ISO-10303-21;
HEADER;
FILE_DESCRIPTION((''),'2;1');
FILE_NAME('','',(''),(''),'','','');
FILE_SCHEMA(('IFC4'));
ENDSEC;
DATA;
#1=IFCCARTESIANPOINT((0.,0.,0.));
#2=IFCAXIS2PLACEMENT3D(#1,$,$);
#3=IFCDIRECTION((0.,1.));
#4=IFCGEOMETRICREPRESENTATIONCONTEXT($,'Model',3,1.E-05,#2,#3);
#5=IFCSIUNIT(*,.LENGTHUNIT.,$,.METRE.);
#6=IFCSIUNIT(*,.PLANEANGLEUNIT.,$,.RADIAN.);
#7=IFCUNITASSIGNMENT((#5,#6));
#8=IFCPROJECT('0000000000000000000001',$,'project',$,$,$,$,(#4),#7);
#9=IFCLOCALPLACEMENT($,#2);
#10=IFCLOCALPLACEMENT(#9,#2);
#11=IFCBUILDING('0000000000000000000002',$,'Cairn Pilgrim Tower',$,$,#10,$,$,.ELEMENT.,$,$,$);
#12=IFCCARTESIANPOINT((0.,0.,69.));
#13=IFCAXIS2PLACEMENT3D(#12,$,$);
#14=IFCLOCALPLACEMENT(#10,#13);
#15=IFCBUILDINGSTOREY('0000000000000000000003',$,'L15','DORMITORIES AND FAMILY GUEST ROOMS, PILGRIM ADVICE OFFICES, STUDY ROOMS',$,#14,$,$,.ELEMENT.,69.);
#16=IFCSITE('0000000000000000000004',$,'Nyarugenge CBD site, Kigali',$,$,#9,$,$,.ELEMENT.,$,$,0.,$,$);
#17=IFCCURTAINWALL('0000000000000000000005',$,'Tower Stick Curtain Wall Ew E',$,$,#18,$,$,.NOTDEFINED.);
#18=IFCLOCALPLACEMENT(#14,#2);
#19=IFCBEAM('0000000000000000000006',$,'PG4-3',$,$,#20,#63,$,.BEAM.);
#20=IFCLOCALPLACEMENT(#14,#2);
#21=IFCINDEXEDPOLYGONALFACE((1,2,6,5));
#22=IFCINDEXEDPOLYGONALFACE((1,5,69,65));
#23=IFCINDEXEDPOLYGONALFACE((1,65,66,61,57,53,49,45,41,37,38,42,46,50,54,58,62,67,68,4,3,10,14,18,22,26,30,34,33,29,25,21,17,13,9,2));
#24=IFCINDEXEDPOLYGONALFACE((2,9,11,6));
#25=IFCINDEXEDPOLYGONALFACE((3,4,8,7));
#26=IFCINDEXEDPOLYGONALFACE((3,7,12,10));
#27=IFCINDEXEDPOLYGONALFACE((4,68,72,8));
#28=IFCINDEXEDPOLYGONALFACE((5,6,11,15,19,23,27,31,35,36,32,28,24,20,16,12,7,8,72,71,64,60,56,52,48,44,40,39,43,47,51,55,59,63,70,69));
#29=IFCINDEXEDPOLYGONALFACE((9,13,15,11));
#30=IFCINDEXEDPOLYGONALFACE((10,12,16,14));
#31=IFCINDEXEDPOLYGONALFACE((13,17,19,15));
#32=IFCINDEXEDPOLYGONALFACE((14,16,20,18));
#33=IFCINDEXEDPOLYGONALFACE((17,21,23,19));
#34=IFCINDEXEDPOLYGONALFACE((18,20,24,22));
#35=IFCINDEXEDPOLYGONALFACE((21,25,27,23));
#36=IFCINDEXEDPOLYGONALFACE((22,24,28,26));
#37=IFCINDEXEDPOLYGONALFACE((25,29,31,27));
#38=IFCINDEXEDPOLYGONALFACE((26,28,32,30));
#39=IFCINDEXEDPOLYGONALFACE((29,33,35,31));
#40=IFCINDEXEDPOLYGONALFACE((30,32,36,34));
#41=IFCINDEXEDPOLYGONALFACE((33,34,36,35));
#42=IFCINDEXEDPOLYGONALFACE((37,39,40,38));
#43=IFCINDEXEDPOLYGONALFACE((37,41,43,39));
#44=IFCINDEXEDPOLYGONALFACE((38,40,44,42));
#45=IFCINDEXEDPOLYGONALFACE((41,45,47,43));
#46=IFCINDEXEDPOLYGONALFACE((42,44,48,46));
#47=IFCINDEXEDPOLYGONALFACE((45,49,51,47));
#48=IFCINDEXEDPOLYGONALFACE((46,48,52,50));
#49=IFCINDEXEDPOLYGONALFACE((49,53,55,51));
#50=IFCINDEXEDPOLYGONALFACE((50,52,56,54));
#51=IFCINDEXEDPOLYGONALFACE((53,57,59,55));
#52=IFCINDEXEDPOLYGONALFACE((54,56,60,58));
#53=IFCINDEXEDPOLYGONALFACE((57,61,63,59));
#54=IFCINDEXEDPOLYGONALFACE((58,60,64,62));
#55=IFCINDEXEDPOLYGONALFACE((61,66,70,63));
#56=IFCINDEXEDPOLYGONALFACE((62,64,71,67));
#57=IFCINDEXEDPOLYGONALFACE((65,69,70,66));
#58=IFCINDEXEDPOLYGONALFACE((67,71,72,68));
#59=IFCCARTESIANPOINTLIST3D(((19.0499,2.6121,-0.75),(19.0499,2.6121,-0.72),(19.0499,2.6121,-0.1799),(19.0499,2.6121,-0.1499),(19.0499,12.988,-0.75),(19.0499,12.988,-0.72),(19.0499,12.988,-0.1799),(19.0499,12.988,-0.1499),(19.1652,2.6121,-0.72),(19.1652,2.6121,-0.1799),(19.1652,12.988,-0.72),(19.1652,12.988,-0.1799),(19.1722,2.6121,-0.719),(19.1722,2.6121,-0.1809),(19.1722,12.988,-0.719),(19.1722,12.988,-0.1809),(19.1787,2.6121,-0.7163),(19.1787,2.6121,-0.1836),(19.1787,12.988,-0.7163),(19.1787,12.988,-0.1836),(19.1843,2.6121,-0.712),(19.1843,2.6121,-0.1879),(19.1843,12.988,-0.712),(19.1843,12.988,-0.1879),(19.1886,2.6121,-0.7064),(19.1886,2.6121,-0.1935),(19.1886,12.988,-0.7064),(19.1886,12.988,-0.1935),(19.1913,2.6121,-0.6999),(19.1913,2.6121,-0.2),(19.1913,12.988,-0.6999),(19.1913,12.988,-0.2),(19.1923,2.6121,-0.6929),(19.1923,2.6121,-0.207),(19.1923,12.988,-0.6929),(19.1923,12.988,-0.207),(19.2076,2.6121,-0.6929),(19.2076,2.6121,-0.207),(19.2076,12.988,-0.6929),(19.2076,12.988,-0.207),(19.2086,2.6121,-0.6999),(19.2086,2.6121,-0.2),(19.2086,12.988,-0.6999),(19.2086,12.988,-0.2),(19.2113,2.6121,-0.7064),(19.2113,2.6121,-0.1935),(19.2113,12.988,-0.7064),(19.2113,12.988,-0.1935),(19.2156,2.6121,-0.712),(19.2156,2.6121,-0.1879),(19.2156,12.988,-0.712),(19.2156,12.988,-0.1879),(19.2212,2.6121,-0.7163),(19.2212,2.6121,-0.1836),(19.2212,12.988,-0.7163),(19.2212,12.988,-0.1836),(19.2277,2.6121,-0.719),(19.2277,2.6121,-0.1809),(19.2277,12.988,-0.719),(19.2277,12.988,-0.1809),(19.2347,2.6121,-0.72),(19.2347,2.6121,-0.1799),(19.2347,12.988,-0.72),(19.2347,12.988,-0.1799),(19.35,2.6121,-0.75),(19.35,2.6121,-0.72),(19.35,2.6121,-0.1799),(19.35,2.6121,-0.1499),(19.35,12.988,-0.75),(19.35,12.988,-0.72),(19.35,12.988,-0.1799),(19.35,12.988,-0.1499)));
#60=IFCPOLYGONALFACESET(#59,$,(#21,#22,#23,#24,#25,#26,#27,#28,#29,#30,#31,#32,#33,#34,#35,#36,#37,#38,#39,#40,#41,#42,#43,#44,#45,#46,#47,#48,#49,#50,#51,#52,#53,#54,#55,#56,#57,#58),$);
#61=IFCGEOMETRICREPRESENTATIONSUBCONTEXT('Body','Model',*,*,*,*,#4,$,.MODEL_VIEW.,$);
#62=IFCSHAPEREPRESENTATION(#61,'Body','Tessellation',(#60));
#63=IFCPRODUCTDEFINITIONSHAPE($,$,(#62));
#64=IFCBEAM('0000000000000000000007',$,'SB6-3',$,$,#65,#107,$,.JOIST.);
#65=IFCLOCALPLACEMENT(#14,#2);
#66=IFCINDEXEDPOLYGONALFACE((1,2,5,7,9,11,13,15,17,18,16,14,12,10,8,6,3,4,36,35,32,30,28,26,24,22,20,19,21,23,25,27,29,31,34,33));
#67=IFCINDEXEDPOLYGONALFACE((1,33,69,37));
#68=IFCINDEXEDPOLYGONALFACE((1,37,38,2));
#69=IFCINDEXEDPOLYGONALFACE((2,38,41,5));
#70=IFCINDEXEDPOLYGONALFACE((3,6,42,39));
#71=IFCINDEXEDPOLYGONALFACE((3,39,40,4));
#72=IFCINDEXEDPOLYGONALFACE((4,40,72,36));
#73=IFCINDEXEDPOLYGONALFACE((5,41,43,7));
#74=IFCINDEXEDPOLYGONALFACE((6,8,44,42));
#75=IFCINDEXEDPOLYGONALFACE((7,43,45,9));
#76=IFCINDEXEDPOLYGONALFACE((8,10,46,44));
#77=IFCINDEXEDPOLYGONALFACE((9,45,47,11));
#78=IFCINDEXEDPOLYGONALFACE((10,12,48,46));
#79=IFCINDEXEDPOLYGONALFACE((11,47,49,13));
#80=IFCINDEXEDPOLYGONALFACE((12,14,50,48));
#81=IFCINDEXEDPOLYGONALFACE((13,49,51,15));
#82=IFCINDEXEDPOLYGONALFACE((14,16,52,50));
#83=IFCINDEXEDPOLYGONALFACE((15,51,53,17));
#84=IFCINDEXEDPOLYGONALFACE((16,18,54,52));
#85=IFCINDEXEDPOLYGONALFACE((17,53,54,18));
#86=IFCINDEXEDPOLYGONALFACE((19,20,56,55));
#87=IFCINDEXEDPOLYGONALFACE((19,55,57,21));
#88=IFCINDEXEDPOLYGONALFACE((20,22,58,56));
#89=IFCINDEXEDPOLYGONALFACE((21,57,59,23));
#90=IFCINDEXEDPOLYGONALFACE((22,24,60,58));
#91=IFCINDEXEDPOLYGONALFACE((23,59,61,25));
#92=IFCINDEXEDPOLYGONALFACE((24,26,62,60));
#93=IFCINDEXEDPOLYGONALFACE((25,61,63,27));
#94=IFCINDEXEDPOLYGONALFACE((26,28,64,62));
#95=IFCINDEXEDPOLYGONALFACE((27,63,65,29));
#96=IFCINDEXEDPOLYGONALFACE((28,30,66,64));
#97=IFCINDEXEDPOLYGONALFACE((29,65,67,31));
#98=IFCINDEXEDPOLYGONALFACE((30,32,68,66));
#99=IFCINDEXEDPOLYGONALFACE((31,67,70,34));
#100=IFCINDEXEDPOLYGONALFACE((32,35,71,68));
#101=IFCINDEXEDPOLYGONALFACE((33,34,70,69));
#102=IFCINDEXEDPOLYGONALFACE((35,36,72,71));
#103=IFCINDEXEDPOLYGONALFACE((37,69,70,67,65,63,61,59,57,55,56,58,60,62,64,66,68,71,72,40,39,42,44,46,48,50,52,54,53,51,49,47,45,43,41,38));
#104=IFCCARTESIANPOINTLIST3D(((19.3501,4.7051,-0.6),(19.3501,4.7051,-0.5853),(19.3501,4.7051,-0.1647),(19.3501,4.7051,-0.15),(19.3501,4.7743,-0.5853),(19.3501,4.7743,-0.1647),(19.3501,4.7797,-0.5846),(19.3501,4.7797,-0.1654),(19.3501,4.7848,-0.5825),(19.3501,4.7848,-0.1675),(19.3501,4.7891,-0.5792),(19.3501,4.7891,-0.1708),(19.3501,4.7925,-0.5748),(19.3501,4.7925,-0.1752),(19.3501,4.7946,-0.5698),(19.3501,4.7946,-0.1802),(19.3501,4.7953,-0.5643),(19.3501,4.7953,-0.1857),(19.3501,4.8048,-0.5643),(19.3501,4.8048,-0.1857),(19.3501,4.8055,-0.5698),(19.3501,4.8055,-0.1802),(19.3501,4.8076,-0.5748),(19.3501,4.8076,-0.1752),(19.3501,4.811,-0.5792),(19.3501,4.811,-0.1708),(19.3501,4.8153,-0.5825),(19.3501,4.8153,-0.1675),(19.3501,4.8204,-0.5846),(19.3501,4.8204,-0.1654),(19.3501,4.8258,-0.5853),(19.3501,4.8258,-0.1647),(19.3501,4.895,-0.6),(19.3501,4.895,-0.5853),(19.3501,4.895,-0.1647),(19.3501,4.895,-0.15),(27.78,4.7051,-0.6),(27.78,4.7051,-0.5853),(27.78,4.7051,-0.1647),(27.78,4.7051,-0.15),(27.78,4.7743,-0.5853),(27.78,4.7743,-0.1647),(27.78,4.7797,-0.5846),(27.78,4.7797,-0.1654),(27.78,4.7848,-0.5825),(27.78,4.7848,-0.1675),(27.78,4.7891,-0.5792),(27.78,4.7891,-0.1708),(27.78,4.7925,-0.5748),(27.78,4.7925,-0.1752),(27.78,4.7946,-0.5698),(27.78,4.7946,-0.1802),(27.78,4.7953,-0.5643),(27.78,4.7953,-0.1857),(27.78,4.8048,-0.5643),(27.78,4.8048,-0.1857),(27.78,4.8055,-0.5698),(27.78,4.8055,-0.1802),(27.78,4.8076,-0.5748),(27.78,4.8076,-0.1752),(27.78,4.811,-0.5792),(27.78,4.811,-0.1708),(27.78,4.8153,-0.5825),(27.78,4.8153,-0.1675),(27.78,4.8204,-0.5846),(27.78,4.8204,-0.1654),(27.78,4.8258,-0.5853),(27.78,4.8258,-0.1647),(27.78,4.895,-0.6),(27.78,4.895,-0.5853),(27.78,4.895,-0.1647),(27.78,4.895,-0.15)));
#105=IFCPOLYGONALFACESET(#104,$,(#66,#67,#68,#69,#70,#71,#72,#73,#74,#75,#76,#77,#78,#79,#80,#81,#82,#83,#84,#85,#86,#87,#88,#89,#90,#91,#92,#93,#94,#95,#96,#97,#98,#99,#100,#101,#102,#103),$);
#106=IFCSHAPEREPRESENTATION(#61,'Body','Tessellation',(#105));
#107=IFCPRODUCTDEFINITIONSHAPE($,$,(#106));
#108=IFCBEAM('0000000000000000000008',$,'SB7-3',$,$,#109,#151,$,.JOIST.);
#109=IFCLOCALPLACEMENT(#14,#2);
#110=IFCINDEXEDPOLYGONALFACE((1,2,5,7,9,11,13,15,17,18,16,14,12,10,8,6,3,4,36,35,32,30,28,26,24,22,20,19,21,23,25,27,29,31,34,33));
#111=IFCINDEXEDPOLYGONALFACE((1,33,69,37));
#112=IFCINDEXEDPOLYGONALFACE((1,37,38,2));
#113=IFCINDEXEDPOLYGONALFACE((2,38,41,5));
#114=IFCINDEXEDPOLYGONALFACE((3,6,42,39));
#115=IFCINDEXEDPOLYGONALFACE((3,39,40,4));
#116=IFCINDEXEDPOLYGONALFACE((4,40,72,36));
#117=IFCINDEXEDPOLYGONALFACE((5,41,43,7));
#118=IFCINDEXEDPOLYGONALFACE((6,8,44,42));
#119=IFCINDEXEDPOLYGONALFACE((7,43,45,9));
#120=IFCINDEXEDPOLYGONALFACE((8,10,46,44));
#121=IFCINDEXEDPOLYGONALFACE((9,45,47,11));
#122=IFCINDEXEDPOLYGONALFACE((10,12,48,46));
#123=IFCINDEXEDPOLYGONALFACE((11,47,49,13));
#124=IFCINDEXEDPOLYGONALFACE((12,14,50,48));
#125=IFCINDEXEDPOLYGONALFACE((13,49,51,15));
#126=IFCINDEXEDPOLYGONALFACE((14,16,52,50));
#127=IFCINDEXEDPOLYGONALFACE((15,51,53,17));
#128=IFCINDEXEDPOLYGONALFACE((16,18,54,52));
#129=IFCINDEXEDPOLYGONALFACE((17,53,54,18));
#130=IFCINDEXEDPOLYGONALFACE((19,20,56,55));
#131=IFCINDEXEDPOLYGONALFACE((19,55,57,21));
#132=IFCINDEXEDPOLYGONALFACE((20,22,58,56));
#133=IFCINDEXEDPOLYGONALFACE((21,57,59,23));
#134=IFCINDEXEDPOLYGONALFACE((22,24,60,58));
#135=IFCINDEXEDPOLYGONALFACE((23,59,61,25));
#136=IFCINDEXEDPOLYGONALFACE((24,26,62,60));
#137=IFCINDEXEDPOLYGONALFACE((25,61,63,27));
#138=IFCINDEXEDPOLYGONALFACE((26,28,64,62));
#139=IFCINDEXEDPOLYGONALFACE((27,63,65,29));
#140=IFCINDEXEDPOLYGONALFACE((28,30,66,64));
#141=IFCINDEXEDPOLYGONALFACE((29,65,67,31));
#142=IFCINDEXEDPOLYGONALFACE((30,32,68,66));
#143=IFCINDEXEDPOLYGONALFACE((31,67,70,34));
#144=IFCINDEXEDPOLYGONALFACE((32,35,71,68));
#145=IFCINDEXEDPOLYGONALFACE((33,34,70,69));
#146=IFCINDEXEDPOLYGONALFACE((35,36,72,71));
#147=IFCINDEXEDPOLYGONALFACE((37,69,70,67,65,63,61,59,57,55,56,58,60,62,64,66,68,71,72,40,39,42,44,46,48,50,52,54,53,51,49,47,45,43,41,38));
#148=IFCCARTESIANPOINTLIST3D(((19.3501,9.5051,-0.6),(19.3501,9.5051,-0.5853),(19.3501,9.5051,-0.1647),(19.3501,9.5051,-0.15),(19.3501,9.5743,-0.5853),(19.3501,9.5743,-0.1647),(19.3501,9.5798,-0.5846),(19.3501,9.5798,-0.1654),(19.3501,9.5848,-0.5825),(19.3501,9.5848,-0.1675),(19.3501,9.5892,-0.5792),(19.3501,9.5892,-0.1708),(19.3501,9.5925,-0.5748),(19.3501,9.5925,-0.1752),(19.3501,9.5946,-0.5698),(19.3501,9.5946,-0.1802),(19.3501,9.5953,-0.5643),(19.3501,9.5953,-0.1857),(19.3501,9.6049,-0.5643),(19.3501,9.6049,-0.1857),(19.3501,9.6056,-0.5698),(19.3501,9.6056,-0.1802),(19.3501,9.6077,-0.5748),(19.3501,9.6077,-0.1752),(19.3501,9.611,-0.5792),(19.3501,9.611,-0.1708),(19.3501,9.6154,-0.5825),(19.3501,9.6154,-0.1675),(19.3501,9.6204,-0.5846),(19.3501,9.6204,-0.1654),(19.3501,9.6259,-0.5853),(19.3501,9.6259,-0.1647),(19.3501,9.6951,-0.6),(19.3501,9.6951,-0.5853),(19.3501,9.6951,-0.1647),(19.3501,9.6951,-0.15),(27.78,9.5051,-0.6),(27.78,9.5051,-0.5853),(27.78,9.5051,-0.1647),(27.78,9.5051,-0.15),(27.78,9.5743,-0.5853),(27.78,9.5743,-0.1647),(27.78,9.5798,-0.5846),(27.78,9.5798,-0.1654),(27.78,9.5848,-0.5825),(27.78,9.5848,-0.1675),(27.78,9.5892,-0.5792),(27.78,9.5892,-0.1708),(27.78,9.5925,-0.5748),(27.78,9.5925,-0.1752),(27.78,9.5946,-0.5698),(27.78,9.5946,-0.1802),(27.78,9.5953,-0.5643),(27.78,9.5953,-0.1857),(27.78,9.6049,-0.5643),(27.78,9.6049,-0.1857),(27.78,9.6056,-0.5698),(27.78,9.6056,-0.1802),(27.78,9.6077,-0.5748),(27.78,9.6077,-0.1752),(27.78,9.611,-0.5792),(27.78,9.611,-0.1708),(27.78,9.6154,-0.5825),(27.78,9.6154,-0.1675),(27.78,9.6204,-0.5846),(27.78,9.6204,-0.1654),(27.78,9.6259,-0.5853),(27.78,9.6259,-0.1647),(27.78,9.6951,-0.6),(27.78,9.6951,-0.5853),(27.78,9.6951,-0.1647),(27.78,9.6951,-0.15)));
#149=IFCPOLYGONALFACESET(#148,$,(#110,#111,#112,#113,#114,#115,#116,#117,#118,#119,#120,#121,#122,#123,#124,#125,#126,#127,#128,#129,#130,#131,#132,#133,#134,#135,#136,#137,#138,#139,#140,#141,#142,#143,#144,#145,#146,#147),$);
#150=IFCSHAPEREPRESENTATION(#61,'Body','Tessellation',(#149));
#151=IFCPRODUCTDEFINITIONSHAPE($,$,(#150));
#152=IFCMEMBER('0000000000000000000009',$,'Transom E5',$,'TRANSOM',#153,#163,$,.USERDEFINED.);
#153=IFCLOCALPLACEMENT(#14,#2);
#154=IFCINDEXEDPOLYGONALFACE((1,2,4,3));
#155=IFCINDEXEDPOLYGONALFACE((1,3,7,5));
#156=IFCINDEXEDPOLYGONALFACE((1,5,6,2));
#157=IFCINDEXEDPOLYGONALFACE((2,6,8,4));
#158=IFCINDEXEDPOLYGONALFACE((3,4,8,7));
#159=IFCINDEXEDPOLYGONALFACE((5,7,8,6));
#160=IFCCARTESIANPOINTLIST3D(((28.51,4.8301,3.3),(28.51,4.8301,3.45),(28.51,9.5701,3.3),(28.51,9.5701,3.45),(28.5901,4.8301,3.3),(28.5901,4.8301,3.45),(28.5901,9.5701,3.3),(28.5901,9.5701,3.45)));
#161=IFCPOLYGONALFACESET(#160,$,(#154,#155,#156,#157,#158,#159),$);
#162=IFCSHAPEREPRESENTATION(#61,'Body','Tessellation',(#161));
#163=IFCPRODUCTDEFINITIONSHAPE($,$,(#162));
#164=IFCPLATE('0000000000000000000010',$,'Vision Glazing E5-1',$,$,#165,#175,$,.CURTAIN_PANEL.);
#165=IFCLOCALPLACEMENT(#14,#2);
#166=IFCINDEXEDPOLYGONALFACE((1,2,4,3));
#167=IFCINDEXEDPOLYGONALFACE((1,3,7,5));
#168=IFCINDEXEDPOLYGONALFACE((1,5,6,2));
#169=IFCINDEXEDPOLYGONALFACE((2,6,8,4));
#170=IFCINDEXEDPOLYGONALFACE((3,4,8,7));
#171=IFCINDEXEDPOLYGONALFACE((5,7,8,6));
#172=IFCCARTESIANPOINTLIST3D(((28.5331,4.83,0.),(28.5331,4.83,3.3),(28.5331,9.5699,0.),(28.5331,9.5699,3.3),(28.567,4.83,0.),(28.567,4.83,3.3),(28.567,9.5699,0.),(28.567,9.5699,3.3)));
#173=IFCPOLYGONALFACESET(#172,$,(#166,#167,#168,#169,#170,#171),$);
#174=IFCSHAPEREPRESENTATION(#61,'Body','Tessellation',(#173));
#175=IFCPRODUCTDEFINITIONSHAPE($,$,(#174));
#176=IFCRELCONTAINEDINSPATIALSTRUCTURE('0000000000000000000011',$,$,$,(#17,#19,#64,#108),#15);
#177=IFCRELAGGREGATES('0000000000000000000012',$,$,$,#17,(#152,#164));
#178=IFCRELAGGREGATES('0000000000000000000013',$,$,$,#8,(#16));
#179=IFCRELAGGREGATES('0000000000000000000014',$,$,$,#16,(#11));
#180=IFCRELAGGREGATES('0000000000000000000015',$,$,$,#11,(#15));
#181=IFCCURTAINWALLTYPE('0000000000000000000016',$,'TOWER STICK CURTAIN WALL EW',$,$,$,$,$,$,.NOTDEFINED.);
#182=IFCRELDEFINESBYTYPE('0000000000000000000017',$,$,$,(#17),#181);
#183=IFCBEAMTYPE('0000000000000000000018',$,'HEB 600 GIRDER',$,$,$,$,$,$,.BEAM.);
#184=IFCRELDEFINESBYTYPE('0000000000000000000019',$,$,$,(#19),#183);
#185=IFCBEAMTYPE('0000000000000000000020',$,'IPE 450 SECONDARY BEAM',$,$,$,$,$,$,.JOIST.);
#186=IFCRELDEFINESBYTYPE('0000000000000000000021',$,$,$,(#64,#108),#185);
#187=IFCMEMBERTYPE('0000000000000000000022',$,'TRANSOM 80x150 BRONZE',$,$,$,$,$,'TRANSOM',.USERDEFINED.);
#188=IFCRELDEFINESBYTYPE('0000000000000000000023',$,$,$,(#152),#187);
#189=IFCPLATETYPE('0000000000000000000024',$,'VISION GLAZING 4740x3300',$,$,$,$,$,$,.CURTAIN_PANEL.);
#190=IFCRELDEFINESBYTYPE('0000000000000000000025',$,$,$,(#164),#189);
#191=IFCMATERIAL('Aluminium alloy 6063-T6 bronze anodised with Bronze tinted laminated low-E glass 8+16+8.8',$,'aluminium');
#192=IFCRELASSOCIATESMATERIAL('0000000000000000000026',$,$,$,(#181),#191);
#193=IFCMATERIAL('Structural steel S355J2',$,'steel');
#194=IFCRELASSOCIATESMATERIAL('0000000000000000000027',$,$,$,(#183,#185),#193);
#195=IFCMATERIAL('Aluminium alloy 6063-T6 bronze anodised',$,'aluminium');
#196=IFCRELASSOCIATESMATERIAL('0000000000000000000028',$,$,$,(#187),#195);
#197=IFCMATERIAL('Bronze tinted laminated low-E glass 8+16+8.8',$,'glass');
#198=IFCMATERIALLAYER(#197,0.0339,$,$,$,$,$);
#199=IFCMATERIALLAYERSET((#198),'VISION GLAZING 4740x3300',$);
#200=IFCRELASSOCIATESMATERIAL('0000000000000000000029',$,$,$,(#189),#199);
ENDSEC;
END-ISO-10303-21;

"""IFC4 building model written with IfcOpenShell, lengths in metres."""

from ifc_helpers import new_model, si_unit, direction, frame, origin, origin_2d, place, context, subcontext, project, spatial, rectangle, i_section, extrude, material, layer, layer_set, material_profile, profile_set, type_object, element, aggregate, save


model = new_model("IFC4")

# Units and contexts
model_context = context("Model", 3, precision=1e-05, world=origin(), true_north=direction((0.0, 1.0)))
body_context = subcontext(model_context, "Body", "Model", "MODEL_VIEW")
ifc_project = project(units=[si_unit("LENGTHUNIT", "METRE"), si_unit("PLANEANGLEUNIT", "RADIAN")], contexts=[model_context])

# Site, building, storey
site_placement = place(None, origin())
site = spatial("IfcSite", under=ifc_project, at=site_placement, Name="Nyarugenge CBD site, Kigali", CompositionType="ELEMENT", RefElevation=0.0)
building_placement = place(site_placement, origin())
building = spatial("IfcBuilding", under=site, at=building_placement, Name="Cairn Pilgrim Tower", CompositionType="ELEMENT")
storey_placement = place(building_placement, frame((0.0, 0.0, 69.0)))
storey = spatial("IfcBuildingStorey", under=building, at=storey_placement, Name="L15", Description="DORMITORIES AND FAMILY GUEST ROOMS, PILGRIM ADVICE OFFICES, STUDY ROOMS", CompositionType="ELEMENT", Elevation=69.0)

# Curtain wall
ifc_material_1 = material(Name="Aluminium alloy 6063-T6 bronze anodised with Bronze tinted laminated low-E glass 8+16+8.8", Category="aluminium")
curtain_wall_type = type_object("IfcCurtainWallType", Name="TOWER STICK CURTAIN WALL EW", PredefinedType="NOTDEFINED", material=ifc_material_1)
curtain_wall_placement = place(storey_placement, origin())
curtain_wall = element("IfcCurtainWall", 1, at=curtain_wall_placement, inside=storey, type_object=curtain_wall_type, Name="Tower Stick Curtain Wall Ew E", PredefinedType="NOTDEFINED")
ifc_material_2 = material(Name="Aluminium alloy 6063-T6 bronze anodised", Category="aluminium")

# Beams
ifc_material_3 = material(Name="Structural steel S355J2", Category="steel")
ifc_material_profile_1 = material_profile(ifc_material_3, i_section(OverallWidth=0.3, OverallDepth=0.6001, WebThickness=0.0154, FlangeThickness=0.03, FilletRadius=0.0271, at=origin_2d()), Name="HEB 600")
ifc_profile_set_1 = profile_set([ifc_material_profile_1], Name="Structural steel S355J2")
beam_type_1 = type_object("IfcBeamType", Name="HEB 600 GIRDER", PredefinedType="BEAM", material=ifc_profile_set_1)
beam_1_placement = place(storey_placement, frame((19.2, 2.6121, -0.45), z_axis=(0.0, 1.0, 0.0), x_axis=(-1.0, 0.0, 0.0)))
element("IfcBeam", 2, at=beam_1_placement, inside=storey, type_object=beam_type_1, Name="PG4-3", PredefinedType="BEAM", context=body_context, shape_type="SweptSolid", body=[
    extrude(i_section(OverallWidth=0.3, OverallDepth=0.6001, WebThickness=0.0154, FlangeThickness=0.03, FilletRadius=0.0271, at=origin_2d()), origin(), (0.0, 0.0, 1.0), 10.376),
])
ifc_material_profile_2 = material_profile(ifc_material_3, i_section(OverallWidth=0.1899, OverallDepth=0.45, WebThickness=0.0095, FlangeThickness=0.0146, FilletRadius=0.021, at=origin_2d()), Name="IPE 450")
ifc_profile_set_2 = profile_set([ifc_material_profile_2], Name="Structural steel S355J2")
beam_type_2 = type_object("IfcBeamType", Name="IPE 450 SECONDARY BEAM", PredefinedType="JOIST", material=ifc_profile_set_2)
for number, where, z_axis, x_axis, name in (
    (3, (19.3501, 4.8, -0.375), (1.0, 0.0, 0.0), (0.0, 1.0, 0.0), "SB6-3"),
    (4, (19.3501, 9.6001, -0.375), (1.0, 0.0, 0.0), (0.0, 1.0, 0.0), "SB7-3"),
):
    element("IfcBeam", number, at=place(storey_placement, frame(where, z_axis=z_axis, x_axis=x_axis)), inside=storey, type_object=beam_type_2, Name=name, PredefinedType="JOIST", context=body_context, shape_type="SweptSolid", body=[
        extrude(i_section(OverallWidth=0.1899, OverallDepth=0.45, WebThickness=0.0095, FlangeThickness=0.0146, FilletRadius=0.021, at=origin_2d()), origin(), (0.0, 0.0, 1.0), 8.4299),
    ])

# Member
ifc_material_profile_3 = material_profile(ifc_material_2, rectangle(XDim=0.0801, YDim=0.1499, at=origin_2d()), Name="TRANSOM 80x150 BRONZE")
ifc_profile_set_3 = profile_set([ifc_material_profile_3], Name="Aluminium alloy 6063-T6 bronze anodised")
member_type_1 = type_object("IfcMemberType", Name="TRANSOM 80x150 BRONZE", ElementType="TRANSOM", PredefinedType="USERDEFINED", material=ifc_profile_set_3)
member_1_placement = place(storey_placement, frame((28.55, 4.8301, 3.375), z_axis=(0.0, 1.0, 0.0), x_axis=(-1.0, 0.0, 0.0)))
member_1 = element("IfcMember", 5, at=member_1_placement, type_object=member_type_1, Name="Transom E5", ObjectType="TRANSOM", PredefinedType="USERDEFINED", context=body_context, shape_type="SweptSolid", body=[
    extrude(rectangle(XDim=0.0801, YDim=0.1499, at=origin_2d()), origin(), (0.0, 0.0, 1.0), 4.74),
])

# Plate
ifc_material_4 = material(Name="Bronze tinted laminated low-E glass 8+16+8.8", Category="glass")
ifc_layer_1 = layer(ifc_material_4, 0.0339)
ifc_layer_set_1 = layer_set([ifc_layer_1], Name="VISION GLAZING 4740x3300")
plate_type = type_object("IfcPlateType", Name="VISION GLAZING 4740x3300", PredefinedType="CURTAIN_PANEL", material=ifc_layer_set_1)
plate_placement = place(storey_placement, frame((28.55, 7.2, 0.0), z_axis=(0.0, 0.0, 1.0), x_axis=(0.0, 1.0, 0.0)))
plate = element("IfcPlate", 6, at=plate_placement, type_object=plate_type, Name="Vision Glazing E5-1", PredefinedType="CURTAIN_PANEL", context=body_context, shape_type="SweptSolid", body=[
    extrude(rectangle(XDim=4.74, YDim=0.0339, at=origin_2d()), origin(), (0.0, 0.0, 1.0), 3.3),
])
aggregate(curtain_wall, [member_1, plate])

save(model, "model.ifc")
